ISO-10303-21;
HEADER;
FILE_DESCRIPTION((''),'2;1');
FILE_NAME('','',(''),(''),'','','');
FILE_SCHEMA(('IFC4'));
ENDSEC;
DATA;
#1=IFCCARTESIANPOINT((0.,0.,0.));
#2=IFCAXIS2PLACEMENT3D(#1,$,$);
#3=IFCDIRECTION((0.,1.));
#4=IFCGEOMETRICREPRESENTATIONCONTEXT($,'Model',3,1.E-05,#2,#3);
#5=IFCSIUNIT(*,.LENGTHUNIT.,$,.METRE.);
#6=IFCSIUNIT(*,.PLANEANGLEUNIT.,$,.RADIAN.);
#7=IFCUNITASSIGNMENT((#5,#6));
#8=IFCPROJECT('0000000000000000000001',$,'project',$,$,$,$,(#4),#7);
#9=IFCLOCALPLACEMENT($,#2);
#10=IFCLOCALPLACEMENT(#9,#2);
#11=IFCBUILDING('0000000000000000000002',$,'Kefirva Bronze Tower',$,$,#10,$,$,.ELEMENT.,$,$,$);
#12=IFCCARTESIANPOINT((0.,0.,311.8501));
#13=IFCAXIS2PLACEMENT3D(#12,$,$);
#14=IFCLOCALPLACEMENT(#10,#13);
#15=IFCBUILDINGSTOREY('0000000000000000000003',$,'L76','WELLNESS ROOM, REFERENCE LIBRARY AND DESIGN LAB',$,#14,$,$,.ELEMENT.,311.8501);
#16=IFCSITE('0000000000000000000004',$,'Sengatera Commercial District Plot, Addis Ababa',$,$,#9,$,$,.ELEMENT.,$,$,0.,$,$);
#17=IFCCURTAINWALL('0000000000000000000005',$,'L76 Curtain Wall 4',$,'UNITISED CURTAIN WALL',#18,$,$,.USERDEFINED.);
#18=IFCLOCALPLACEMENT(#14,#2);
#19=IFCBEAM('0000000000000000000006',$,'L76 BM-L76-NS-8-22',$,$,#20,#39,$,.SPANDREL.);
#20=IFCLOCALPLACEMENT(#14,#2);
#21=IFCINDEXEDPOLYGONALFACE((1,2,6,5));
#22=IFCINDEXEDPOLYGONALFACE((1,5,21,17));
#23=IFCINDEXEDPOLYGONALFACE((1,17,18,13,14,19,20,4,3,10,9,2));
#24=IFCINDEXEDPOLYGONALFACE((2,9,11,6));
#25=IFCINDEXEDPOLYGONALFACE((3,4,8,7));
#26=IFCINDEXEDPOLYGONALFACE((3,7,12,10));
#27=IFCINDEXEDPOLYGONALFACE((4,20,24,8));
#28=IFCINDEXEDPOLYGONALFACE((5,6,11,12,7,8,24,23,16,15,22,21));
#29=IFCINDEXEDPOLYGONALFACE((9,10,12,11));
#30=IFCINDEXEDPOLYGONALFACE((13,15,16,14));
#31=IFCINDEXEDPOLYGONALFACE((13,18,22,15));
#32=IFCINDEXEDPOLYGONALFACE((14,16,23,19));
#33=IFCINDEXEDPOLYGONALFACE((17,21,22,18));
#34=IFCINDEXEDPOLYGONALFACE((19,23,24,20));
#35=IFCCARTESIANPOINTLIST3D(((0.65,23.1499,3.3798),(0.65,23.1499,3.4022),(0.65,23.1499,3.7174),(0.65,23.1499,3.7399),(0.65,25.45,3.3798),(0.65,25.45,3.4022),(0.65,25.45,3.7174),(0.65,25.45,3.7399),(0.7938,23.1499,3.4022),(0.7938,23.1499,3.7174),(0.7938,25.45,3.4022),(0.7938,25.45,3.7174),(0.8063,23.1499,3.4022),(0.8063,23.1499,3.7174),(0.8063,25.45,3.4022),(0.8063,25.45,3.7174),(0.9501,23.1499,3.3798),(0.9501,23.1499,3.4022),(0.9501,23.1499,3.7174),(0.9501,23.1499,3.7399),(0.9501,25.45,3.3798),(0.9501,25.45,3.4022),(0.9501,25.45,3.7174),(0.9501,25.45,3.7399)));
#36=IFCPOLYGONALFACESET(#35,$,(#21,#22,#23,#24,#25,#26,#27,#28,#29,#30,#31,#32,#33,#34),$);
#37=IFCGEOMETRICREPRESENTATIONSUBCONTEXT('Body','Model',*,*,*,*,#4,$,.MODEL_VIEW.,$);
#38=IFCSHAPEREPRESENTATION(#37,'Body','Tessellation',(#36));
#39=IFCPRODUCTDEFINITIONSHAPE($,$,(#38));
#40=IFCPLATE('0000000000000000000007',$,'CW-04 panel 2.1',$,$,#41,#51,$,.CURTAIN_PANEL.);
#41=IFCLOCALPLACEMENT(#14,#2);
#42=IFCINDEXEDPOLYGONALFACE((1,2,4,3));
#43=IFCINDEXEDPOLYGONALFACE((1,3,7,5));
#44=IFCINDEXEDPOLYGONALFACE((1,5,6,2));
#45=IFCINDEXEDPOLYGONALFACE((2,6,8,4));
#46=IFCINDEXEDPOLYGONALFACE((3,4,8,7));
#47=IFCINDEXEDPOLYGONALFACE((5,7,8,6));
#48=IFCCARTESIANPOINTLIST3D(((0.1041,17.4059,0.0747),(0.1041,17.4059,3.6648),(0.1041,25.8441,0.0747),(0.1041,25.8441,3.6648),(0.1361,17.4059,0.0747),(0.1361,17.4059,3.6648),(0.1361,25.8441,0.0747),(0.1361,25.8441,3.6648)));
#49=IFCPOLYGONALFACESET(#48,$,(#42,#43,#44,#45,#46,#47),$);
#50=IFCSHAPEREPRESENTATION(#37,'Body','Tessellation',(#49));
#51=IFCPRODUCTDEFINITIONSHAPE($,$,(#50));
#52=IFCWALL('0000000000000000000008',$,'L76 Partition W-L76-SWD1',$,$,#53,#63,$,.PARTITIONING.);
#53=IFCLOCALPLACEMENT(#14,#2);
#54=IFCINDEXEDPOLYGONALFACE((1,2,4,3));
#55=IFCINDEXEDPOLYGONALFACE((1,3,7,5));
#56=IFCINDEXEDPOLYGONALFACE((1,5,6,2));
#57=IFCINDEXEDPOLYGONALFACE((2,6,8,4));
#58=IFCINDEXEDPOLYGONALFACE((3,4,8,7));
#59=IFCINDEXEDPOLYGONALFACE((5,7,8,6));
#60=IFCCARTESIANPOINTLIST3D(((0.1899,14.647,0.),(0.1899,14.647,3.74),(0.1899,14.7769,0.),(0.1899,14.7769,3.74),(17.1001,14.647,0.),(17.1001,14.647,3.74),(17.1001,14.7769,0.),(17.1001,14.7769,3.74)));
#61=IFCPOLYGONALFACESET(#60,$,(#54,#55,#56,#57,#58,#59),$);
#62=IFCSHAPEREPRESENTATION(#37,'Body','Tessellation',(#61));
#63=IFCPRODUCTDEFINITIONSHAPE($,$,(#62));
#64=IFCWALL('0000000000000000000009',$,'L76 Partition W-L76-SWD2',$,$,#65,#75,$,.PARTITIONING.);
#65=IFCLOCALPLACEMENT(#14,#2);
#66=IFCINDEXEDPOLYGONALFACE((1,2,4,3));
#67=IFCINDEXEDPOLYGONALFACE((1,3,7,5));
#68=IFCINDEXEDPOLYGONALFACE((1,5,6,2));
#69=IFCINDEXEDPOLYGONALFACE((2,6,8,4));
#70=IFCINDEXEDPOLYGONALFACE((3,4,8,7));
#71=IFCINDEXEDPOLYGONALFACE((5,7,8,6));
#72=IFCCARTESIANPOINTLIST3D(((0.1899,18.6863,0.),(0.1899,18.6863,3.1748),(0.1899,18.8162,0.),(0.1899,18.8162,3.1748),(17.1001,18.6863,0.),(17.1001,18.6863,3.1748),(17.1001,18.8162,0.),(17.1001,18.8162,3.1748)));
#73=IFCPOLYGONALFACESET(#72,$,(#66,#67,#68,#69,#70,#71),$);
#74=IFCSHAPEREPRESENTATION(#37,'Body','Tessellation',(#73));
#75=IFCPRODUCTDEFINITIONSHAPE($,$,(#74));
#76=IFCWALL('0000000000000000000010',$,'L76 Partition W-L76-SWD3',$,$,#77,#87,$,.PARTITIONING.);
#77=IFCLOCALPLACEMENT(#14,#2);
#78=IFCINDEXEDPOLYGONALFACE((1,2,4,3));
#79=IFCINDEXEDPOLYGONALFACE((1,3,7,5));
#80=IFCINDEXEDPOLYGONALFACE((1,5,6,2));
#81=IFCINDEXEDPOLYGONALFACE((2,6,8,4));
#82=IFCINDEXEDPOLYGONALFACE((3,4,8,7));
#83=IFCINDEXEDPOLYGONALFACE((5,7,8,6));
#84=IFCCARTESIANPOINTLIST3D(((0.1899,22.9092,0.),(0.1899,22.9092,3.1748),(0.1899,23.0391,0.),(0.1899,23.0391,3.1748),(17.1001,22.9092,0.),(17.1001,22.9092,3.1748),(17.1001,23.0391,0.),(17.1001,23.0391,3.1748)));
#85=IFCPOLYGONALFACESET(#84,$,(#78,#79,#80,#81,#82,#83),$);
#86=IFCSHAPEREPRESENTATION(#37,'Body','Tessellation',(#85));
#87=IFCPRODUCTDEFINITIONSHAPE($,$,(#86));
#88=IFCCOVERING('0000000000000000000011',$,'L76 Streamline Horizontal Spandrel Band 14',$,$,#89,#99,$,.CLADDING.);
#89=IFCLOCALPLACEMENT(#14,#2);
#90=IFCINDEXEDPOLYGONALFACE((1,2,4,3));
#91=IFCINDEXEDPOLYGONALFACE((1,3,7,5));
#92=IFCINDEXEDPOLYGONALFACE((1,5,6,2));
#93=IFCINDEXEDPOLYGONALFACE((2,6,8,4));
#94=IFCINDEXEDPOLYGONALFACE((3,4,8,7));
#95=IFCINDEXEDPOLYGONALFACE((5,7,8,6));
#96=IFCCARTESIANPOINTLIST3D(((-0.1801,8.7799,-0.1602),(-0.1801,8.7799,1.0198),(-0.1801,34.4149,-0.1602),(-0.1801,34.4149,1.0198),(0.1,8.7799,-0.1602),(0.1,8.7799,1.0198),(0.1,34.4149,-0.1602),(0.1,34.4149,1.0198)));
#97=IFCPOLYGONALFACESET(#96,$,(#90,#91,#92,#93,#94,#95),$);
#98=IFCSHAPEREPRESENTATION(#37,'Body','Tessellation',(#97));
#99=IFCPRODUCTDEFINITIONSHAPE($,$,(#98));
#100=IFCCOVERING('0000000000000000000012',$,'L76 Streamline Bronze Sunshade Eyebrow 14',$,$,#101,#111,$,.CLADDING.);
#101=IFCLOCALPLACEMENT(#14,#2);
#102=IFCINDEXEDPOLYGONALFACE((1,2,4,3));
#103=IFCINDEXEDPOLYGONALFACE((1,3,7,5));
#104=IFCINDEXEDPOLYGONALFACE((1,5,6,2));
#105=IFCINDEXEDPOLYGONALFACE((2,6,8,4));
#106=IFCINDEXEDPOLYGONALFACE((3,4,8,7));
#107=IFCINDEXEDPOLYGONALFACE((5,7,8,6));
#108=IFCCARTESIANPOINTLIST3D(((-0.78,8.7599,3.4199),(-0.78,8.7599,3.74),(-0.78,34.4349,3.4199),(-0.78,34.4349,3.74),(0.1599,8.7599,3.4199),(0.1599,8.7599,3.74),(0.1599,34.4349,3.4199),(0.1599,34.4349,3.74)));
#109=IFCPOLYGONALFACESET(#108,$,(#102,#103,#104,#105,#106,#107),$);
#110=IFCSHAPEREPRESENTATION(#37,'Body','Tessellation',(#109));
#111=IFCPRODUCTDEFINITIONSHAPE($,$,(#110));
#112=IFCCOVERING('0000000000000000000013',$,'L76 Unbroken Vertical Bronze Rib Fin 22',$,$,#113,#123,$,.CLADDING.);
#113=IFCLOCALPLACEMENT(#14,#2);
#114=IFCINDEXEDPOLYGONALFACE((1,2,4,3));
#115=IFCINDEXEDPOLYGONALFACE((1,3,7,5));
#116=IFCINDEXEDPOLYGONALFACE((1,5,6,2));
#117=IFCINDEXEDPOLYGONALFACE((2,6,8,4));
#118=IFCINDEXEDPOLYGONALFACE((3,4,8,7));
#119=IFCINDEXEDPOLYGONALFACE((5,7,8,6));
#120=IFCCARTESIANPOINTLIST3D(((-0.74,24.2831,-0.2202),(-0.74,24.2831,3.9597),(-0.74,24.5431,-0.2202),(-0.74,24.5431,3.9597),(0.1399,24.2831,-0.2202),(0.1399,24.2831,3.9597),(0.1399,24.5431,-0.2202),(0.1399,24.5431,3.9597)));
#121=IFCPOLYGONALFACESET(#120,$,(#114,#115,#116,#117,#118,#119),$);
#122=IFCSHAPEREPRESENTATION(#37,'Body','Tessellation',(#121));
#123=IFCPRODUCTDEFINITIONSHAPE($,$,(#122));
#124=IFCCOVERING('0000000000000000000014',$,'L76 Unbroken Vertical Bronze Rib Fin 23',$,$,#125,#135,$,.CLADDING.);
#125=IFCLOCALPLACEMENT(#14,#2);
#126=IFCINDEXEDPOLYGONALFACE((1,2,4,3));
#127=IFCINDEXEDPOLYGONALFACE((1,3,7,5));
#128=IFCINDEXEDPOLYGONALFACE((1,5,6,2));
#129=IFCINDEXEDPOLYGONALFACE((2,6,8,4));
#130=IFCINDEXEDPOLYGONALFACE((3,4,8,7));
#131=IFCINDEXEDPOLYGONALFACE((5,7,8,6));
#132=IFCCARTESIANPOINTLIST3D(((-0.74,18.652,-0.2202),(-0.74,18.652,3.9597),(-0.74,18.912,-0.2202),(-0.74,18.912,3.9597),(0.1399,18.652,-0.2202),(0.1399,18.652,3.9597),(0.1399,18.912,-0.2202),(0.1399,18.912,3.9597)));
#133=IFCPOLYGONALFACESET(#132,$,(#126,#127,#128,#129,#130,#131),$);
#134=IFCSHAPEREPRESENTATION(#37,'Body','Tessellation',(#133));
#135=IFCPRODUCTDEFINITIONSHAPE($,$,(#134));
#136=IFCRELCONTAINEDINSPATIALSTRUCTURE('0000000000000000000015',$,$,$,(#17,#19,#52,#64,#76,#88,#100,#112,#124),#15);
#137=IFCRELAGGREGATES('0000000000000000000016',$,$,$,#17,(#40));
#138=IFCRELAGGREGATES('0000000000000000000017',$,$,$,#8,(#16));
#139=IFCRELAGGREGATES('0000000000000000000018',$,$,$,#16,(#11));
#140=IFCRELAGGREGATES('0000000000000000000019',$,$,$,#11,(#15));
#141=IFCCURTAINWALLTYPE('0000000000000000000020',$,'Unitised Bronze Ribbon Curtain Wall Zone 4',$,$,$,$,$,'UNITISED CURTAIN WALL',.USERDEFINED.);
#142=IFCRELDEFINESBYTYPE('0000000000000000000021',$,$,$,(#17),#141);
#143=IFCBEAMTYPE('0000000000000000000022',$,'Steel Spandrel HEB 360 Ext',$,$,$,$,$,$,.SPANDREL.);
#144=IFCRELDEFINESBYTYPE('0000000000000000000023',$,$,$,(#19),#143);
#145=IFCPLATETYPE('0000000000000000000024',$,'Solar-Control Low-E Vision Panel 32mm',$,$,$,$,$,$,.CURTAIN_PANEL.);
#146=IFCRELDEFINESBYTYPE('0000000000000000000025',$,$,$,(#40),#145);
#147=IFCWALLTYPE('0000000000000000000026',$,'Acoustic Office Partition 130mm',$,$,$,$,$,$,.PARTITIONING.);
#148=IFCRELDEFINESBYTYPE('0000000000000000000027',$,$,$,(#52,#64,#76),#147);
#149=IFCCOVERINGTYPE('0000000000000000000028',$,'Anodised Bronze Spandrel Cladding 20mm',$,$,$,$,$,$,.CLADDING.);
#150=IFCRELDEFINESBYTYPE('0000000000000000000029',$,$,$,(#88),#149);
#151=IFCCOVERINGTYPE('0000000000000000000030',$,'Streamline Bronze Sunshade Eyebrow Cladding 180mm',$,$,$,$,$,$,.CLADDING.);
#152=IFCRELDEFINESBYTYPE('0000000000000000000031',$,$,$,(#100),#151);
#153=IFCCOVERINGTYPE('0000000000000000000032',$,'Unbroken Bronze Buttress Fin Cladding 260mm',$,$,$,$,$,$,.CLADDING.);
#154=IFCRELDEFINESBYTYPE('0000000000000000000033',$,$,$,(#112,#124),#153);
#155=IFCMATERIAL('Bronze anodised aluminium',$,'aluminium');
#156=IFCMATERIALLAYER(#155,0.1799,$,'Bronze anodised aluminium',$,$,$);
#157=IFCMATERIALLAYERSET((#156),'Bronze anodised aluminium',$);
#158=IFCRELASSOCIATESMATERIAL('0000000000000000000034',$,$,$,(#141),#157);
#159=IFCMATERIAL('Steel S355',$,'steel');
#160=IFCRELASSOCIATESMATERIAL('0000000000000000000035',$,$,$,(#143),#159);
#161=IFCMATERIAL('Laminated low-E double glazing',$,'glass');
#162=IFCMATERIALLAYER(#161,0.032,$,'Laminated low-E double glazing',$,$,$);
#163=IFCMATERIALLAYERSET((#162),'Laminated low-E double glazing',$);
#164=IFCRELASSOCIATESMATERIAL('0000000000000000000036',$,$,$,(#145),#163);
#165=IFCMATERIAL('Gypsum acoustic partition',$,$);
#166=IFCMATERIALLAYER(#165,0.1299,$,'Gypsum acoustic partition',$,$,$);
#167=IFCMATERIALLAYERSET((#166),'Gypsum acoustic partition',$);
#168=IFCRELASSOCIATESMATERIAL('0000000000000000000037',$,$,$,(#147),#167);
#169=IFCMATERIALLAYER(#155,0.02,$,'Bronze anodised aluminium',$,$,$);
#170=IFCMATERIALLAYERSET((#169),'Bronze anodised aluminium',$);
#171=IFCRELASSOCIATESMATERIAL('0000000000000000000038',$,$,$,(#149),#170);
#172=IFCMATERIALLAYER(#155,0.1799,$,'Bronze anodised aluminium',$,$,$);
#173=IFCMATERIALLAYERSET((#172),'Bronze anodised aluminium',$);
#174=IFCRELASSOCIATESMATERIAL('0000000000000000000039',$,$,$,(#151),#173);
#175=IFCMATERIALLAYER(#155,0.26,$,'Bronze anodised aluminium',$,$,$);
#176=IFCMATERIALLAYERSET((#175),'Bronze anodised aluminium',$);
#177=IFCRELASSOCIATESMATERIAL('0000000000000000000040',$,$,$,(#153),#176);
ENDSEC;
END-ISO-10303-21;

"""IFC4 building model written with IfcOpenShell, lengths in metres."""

from ifc_helpers import new_model, si_unit, direction, frame, frame_2d, origin, origin_2d, place, context, subcontext, project, spatial, rectangle, i_section, extrude, material, layer, layer_set, material_profile, profile_set, type_object, element, aggregate, save


model = new_model("IFC4")

# Units and contexts
model_context = context("Model", 3, precision=1e-05, world=origin(), true_north=direction((0.0, 1.0)))
body_context = subcontext(model_context, "Body", "Model", "MODEL_VIEW")
ifc_project = project(units=[si_unit("LENGTHUNIT", "METRE"), si_unit("PLANEANGLEUNIT", "RADIAN")], contexts=[model_context])

# Site, building, storey
site_placement = place(None, origin())
site = spatial("IfcSite", under=ifc_project, at=site_placement, Name="Sengatera Commercial District Plot, Addis Ababa", CompositionType="ELEMENT", RefElevation=0.0)
building_placement = place(site_placement, origin())
building = spatial("IfcBuilding", under=site, at=building_placement, Name="Kefirva Bronze Tower", CompositionType="ELEMENT")
storey_placement = place(building_placement, frame((0.0, 0.0, 311.8501)))
storey = spatial("IfcBuildingStorey", under=building, at=storey_placement, Name="L76", Description="WELLNESS ROOM, REFERENCE LIBRARY AND DESIGN LAB", CompositionType="ELEMENT", Elevation=311.8501)

# Curtain wall
ifc_material_1 = material(Name="Bronze anodised aluminium", Category="aluminium")
ifc_layer_1 = layer(ifc_material_1, 0.1799, Name="Bronze anodised aluminium")
ifc_layer_set_1 = layer_set([ifc_layer_1], Name="Bronze anodised aluminium")
curtain_wall_type = type_object("IfcCurtainWallType", Name="Unitised Bronze Ribbon Curtain Wall Zone 4", ElementType="UNITISED CURTAIN WALL", PredefinedType="USERDEFINED", material=ifc_layer_set_1)
curtain_wall_placement = place(storey_placement, origin())
curtain_wall = element("IfcCurtainWall", 1, at=curtain_wall_placement, inside=storey, type_object=curtain_wall_type, Name="L76 Curtain Wall 4", ObjectType="UNITISED CURTAIN WALL", PredefinedType="USERDEFINED")

# Beam
ifc_material_2 = material(Name="Steel S355", Category="steel")
ifc_material_profile_1 = material_profile(ifc_material_2, i_section(OverallWidth=0.3, OverallDepth=0.3601, WebThickness=0.0125, FlangeThickness=0.0225, at=origin_2d()), Name="HEB 360")
ifc_profile_set_1 = profile_set([ifc_material_profile_1], Name="Steel S355")
beam_type_1 = type_object("IfcBeamType", Name="Steel Spandrel HEB 360 Ext", PredefinedType="SPANDREL", material=ifc_profile_set_1)
beam_1_placement = place(storey_placement, frame((0.8, 23.1499, 3.5598), z_axis=(0.0, 1.0, 0.0), x_axis=(-1.0, 0.0, 0.0)))
element("IfcBeam", 2, at=beam_1_placement, inside=storey, type_object=beam_type_1, Name="L76 BM-L76-NS-8-22", PredefinedType="SPANDREL", context=body_context, shape_type="SweptSolid", body=[
    extrude(i_section(OverallWidth=0.3, OverallDepth=0.3601, WebThickness=0.0125, FlangeThickness=0.0225, at=origin_2d()), origin(), (0.0, 0.0, 1.0), 2.3),
])

# Plate
ifc_material_3 = material(Name="Laminated low-E double glazing", Category="glass")
ifc_layer_2 = layer(ifc_material_3, 0.032, Name="Laminated low-E double glazing")
ifc_layer_set_2 = layer_set([ifc_layer_2], Name="Laminated low-E double glazing")
plate_type = type_object("IfcPlateType", Name="Solar-Control Low-E Vision Panel 32mm", PredefinedType="CURTAIN_PANEL", material=ifc_layer_set_2)
plate_placement = place(storey_placement, frame((0.1201, 21.625, 0.0747), z_axis=(0.0, 0.0, 1.0), x_axis=(0.0, -1.0, 0.0)))
plate = element("IfcPlate", 3, at=plate_placement, type_object=plate_type, Name="CW-04 panel 2.1", PredefinedType="CURTAIN_PANEL", context=body_context, shape_type="SweptSolid", body=[
    extrude(rectangle(XDim=8.4382, YDim=0.032, at=origin_2d()), origin(), (0.0, 0.0, 1.0), 3.5901),
])
aggregate(curtain_wall, [plate])

# Walls
ifc_material_4 = material(Name="Gypsum acoustic partition")
ifc_layer_3 = layer(ifc_material_4, 0.1299, Name="Gypsum acoustic partition")
ifc_layer_set_3 = layer_set([ifc_layer_3], Name="Gypsum acoustic partition")
wall_type = type_object("IfcWallType", Name="Acoustic Office Partition 130mm", PredefinedType="PARTITIONING", material=ifc_layer_set_3)
wall_placement = place(storey_placement, frame((0.1899, 14.7119, 0.0), z_axis=(0.0, 0.0, 1.0), x_axis=(1.0, 0.0, 0.0)))
element("IfcWall", 4, at=wall_placement, inside=storey, type_object=wall_type, Name="L76 Partition W-L76-SWD1", PredefinedType="PARTITIONING", context=body_context, shape_type="SweptSolid", body=[
    extrude(rectangle(XDim=16.9102, YDim=0.1299, at=frame_2d((8.4551, 0.0))), origin(), (0.0, 0.0, 1.0), 3.74),
])
for number, where, z_axis, x_axis, name in (
    (5, (0.1899, 18.7512, 0.0), (0.0, 0.0, 1.0), (1.0, 0.0, 0.0), "L76 Partition W-L76-SWD2"),
    (6, (0.1899, 22.9741, 0.0), (0.0, 0.0, 1.0), (1.0, 0.0, 0.0), "L76 Partition W-L76-SWD3"),
):
    element("IfcWall", number, at=place(storey_placement, frame(where, z_axis=z_axis, x_axis=x_axis)), inside=storey, type_object=wall_type, Name=name, PredefinedType="PARTITIONING", context=body_context, shape_type="SweptSolid", body=[
        extrude(rectangle(XDim=16.9102, YDim=0.1299, at=frame_2d((8.4551, 0.0))), origin(), (0.0, 0.0, 1.0), 3.1748),
    ])

# Coverings
ifc_layer_4 = layer(ifc_material_1, 0.02, Name="Bronze anodised aluminium")
ifc_layer_set_4 = layer_set([ifc_layer_4], Name="Bronze anodised aluminium")
covering_type_1 = type_object("IfcCoveringType", Name="Anodised Bronze Spandrel Cladding 20mm", PredefinedType="CLADDING", material=ifc_layer_set_4)
covering_1_placement = place(storey_placement, frame((-0.04, 21.5974, -0.1602), z_axis=(0.0, 0.0, 1.0), x_axis=(0.0, -1.0, 0.0)))
element("IfcCovering", 7, at=covering_1_placement, inside=storey, type_object=covering_type_1, Name="L76 Streamline Horizontal Spandrel Band 14", PredefinedType="CLADDING", context=body_context, shape_type="SweptSolid", body=[
    extrude(rectangle(XDim=25.635, YDim=0.28, at=origin_2d()), origin(), (0.0, 0.0, 1.0), 1.1799),
])
ifc_layer_5 = layer(ifc_material_1, 0.1799, Name="Bronze anodised aluminium")
ifc_layer_set_5 = layer_set([ifc_layer_5], Name="Bronze anodised aluminium")
covering_type_2 = type_object("IfcCoveringType", Name="Streamline Bronze Sunshade Eyebrow Cladding 180mm", PredefinedType="CLADDING", material=ifc_layer_set_5)
covering_2_placement = place(storey_placement, frame((-0.3101, 21.5974, 3.4199), z_axis=(0.0, 0.0, 1.0), x_axis=(0.0, -1.0, 0.0)))
element("IfcCovering", 8, at=covering_2_placement, inside=storey, type_object=covering_type_2, Name="L76 Streamline Bronze Sunshade Eyebrow 14", PredefinedType="CLADDING", context=body_context, shape_type="SweptSolid", body=[
    extrude(rectangle(XDim=25.675, YDim=0.9399, at=origin_2d()), origin(), (0.0, 0.0, 1.0), 0.3201),
])
ifc_layer_6 = layer(ifc_material_1, 0.26, Name="Bronze anodised aluminium")
ifc_layer_set_6 = layer_set([ifc_layer_6], Name="Bronze anodised aluminium")
covering_type_3 = type_object("IfcCoveringType", Name="Unbroken Bronze Buttress Fin Cladding 260mm", PredefinedType="CLADDING", material=ifc_layer_set_6)
for number, where, z_axis, x_axis, name in (
    (9, (-0.3, 24.4131, -0.2202), (0.0, 0.0, 1.0), (0.0, -1.0, 0.0), "L76 Unbroken Vertical Bronze Rib Fin 22"),
    (10, (-0.3, 18.782, -0.2202), (0.0, 0.0, 1.0), (0.0, -1.0, 0.0), "L76 Unbroken Vertical Bronze Rib Fin 23"),
):
    element("IfcCovering", number, at=place(storey_placement, frame(where, z_axis=z_axis, x_axis=x_axis)), inside=storey, type_object=covering_type_3, Name=name, PredefinedType="CLADDING", context=body_context, shape_type="SweptSolid", body=[
        extrude(rectangle(XDim=0.26, YDim=0.8799, at=origin_2d()), origin(), (0.0, 0.0, 1.0), 4.1799),
    ])

save(model, "model.ifc")
